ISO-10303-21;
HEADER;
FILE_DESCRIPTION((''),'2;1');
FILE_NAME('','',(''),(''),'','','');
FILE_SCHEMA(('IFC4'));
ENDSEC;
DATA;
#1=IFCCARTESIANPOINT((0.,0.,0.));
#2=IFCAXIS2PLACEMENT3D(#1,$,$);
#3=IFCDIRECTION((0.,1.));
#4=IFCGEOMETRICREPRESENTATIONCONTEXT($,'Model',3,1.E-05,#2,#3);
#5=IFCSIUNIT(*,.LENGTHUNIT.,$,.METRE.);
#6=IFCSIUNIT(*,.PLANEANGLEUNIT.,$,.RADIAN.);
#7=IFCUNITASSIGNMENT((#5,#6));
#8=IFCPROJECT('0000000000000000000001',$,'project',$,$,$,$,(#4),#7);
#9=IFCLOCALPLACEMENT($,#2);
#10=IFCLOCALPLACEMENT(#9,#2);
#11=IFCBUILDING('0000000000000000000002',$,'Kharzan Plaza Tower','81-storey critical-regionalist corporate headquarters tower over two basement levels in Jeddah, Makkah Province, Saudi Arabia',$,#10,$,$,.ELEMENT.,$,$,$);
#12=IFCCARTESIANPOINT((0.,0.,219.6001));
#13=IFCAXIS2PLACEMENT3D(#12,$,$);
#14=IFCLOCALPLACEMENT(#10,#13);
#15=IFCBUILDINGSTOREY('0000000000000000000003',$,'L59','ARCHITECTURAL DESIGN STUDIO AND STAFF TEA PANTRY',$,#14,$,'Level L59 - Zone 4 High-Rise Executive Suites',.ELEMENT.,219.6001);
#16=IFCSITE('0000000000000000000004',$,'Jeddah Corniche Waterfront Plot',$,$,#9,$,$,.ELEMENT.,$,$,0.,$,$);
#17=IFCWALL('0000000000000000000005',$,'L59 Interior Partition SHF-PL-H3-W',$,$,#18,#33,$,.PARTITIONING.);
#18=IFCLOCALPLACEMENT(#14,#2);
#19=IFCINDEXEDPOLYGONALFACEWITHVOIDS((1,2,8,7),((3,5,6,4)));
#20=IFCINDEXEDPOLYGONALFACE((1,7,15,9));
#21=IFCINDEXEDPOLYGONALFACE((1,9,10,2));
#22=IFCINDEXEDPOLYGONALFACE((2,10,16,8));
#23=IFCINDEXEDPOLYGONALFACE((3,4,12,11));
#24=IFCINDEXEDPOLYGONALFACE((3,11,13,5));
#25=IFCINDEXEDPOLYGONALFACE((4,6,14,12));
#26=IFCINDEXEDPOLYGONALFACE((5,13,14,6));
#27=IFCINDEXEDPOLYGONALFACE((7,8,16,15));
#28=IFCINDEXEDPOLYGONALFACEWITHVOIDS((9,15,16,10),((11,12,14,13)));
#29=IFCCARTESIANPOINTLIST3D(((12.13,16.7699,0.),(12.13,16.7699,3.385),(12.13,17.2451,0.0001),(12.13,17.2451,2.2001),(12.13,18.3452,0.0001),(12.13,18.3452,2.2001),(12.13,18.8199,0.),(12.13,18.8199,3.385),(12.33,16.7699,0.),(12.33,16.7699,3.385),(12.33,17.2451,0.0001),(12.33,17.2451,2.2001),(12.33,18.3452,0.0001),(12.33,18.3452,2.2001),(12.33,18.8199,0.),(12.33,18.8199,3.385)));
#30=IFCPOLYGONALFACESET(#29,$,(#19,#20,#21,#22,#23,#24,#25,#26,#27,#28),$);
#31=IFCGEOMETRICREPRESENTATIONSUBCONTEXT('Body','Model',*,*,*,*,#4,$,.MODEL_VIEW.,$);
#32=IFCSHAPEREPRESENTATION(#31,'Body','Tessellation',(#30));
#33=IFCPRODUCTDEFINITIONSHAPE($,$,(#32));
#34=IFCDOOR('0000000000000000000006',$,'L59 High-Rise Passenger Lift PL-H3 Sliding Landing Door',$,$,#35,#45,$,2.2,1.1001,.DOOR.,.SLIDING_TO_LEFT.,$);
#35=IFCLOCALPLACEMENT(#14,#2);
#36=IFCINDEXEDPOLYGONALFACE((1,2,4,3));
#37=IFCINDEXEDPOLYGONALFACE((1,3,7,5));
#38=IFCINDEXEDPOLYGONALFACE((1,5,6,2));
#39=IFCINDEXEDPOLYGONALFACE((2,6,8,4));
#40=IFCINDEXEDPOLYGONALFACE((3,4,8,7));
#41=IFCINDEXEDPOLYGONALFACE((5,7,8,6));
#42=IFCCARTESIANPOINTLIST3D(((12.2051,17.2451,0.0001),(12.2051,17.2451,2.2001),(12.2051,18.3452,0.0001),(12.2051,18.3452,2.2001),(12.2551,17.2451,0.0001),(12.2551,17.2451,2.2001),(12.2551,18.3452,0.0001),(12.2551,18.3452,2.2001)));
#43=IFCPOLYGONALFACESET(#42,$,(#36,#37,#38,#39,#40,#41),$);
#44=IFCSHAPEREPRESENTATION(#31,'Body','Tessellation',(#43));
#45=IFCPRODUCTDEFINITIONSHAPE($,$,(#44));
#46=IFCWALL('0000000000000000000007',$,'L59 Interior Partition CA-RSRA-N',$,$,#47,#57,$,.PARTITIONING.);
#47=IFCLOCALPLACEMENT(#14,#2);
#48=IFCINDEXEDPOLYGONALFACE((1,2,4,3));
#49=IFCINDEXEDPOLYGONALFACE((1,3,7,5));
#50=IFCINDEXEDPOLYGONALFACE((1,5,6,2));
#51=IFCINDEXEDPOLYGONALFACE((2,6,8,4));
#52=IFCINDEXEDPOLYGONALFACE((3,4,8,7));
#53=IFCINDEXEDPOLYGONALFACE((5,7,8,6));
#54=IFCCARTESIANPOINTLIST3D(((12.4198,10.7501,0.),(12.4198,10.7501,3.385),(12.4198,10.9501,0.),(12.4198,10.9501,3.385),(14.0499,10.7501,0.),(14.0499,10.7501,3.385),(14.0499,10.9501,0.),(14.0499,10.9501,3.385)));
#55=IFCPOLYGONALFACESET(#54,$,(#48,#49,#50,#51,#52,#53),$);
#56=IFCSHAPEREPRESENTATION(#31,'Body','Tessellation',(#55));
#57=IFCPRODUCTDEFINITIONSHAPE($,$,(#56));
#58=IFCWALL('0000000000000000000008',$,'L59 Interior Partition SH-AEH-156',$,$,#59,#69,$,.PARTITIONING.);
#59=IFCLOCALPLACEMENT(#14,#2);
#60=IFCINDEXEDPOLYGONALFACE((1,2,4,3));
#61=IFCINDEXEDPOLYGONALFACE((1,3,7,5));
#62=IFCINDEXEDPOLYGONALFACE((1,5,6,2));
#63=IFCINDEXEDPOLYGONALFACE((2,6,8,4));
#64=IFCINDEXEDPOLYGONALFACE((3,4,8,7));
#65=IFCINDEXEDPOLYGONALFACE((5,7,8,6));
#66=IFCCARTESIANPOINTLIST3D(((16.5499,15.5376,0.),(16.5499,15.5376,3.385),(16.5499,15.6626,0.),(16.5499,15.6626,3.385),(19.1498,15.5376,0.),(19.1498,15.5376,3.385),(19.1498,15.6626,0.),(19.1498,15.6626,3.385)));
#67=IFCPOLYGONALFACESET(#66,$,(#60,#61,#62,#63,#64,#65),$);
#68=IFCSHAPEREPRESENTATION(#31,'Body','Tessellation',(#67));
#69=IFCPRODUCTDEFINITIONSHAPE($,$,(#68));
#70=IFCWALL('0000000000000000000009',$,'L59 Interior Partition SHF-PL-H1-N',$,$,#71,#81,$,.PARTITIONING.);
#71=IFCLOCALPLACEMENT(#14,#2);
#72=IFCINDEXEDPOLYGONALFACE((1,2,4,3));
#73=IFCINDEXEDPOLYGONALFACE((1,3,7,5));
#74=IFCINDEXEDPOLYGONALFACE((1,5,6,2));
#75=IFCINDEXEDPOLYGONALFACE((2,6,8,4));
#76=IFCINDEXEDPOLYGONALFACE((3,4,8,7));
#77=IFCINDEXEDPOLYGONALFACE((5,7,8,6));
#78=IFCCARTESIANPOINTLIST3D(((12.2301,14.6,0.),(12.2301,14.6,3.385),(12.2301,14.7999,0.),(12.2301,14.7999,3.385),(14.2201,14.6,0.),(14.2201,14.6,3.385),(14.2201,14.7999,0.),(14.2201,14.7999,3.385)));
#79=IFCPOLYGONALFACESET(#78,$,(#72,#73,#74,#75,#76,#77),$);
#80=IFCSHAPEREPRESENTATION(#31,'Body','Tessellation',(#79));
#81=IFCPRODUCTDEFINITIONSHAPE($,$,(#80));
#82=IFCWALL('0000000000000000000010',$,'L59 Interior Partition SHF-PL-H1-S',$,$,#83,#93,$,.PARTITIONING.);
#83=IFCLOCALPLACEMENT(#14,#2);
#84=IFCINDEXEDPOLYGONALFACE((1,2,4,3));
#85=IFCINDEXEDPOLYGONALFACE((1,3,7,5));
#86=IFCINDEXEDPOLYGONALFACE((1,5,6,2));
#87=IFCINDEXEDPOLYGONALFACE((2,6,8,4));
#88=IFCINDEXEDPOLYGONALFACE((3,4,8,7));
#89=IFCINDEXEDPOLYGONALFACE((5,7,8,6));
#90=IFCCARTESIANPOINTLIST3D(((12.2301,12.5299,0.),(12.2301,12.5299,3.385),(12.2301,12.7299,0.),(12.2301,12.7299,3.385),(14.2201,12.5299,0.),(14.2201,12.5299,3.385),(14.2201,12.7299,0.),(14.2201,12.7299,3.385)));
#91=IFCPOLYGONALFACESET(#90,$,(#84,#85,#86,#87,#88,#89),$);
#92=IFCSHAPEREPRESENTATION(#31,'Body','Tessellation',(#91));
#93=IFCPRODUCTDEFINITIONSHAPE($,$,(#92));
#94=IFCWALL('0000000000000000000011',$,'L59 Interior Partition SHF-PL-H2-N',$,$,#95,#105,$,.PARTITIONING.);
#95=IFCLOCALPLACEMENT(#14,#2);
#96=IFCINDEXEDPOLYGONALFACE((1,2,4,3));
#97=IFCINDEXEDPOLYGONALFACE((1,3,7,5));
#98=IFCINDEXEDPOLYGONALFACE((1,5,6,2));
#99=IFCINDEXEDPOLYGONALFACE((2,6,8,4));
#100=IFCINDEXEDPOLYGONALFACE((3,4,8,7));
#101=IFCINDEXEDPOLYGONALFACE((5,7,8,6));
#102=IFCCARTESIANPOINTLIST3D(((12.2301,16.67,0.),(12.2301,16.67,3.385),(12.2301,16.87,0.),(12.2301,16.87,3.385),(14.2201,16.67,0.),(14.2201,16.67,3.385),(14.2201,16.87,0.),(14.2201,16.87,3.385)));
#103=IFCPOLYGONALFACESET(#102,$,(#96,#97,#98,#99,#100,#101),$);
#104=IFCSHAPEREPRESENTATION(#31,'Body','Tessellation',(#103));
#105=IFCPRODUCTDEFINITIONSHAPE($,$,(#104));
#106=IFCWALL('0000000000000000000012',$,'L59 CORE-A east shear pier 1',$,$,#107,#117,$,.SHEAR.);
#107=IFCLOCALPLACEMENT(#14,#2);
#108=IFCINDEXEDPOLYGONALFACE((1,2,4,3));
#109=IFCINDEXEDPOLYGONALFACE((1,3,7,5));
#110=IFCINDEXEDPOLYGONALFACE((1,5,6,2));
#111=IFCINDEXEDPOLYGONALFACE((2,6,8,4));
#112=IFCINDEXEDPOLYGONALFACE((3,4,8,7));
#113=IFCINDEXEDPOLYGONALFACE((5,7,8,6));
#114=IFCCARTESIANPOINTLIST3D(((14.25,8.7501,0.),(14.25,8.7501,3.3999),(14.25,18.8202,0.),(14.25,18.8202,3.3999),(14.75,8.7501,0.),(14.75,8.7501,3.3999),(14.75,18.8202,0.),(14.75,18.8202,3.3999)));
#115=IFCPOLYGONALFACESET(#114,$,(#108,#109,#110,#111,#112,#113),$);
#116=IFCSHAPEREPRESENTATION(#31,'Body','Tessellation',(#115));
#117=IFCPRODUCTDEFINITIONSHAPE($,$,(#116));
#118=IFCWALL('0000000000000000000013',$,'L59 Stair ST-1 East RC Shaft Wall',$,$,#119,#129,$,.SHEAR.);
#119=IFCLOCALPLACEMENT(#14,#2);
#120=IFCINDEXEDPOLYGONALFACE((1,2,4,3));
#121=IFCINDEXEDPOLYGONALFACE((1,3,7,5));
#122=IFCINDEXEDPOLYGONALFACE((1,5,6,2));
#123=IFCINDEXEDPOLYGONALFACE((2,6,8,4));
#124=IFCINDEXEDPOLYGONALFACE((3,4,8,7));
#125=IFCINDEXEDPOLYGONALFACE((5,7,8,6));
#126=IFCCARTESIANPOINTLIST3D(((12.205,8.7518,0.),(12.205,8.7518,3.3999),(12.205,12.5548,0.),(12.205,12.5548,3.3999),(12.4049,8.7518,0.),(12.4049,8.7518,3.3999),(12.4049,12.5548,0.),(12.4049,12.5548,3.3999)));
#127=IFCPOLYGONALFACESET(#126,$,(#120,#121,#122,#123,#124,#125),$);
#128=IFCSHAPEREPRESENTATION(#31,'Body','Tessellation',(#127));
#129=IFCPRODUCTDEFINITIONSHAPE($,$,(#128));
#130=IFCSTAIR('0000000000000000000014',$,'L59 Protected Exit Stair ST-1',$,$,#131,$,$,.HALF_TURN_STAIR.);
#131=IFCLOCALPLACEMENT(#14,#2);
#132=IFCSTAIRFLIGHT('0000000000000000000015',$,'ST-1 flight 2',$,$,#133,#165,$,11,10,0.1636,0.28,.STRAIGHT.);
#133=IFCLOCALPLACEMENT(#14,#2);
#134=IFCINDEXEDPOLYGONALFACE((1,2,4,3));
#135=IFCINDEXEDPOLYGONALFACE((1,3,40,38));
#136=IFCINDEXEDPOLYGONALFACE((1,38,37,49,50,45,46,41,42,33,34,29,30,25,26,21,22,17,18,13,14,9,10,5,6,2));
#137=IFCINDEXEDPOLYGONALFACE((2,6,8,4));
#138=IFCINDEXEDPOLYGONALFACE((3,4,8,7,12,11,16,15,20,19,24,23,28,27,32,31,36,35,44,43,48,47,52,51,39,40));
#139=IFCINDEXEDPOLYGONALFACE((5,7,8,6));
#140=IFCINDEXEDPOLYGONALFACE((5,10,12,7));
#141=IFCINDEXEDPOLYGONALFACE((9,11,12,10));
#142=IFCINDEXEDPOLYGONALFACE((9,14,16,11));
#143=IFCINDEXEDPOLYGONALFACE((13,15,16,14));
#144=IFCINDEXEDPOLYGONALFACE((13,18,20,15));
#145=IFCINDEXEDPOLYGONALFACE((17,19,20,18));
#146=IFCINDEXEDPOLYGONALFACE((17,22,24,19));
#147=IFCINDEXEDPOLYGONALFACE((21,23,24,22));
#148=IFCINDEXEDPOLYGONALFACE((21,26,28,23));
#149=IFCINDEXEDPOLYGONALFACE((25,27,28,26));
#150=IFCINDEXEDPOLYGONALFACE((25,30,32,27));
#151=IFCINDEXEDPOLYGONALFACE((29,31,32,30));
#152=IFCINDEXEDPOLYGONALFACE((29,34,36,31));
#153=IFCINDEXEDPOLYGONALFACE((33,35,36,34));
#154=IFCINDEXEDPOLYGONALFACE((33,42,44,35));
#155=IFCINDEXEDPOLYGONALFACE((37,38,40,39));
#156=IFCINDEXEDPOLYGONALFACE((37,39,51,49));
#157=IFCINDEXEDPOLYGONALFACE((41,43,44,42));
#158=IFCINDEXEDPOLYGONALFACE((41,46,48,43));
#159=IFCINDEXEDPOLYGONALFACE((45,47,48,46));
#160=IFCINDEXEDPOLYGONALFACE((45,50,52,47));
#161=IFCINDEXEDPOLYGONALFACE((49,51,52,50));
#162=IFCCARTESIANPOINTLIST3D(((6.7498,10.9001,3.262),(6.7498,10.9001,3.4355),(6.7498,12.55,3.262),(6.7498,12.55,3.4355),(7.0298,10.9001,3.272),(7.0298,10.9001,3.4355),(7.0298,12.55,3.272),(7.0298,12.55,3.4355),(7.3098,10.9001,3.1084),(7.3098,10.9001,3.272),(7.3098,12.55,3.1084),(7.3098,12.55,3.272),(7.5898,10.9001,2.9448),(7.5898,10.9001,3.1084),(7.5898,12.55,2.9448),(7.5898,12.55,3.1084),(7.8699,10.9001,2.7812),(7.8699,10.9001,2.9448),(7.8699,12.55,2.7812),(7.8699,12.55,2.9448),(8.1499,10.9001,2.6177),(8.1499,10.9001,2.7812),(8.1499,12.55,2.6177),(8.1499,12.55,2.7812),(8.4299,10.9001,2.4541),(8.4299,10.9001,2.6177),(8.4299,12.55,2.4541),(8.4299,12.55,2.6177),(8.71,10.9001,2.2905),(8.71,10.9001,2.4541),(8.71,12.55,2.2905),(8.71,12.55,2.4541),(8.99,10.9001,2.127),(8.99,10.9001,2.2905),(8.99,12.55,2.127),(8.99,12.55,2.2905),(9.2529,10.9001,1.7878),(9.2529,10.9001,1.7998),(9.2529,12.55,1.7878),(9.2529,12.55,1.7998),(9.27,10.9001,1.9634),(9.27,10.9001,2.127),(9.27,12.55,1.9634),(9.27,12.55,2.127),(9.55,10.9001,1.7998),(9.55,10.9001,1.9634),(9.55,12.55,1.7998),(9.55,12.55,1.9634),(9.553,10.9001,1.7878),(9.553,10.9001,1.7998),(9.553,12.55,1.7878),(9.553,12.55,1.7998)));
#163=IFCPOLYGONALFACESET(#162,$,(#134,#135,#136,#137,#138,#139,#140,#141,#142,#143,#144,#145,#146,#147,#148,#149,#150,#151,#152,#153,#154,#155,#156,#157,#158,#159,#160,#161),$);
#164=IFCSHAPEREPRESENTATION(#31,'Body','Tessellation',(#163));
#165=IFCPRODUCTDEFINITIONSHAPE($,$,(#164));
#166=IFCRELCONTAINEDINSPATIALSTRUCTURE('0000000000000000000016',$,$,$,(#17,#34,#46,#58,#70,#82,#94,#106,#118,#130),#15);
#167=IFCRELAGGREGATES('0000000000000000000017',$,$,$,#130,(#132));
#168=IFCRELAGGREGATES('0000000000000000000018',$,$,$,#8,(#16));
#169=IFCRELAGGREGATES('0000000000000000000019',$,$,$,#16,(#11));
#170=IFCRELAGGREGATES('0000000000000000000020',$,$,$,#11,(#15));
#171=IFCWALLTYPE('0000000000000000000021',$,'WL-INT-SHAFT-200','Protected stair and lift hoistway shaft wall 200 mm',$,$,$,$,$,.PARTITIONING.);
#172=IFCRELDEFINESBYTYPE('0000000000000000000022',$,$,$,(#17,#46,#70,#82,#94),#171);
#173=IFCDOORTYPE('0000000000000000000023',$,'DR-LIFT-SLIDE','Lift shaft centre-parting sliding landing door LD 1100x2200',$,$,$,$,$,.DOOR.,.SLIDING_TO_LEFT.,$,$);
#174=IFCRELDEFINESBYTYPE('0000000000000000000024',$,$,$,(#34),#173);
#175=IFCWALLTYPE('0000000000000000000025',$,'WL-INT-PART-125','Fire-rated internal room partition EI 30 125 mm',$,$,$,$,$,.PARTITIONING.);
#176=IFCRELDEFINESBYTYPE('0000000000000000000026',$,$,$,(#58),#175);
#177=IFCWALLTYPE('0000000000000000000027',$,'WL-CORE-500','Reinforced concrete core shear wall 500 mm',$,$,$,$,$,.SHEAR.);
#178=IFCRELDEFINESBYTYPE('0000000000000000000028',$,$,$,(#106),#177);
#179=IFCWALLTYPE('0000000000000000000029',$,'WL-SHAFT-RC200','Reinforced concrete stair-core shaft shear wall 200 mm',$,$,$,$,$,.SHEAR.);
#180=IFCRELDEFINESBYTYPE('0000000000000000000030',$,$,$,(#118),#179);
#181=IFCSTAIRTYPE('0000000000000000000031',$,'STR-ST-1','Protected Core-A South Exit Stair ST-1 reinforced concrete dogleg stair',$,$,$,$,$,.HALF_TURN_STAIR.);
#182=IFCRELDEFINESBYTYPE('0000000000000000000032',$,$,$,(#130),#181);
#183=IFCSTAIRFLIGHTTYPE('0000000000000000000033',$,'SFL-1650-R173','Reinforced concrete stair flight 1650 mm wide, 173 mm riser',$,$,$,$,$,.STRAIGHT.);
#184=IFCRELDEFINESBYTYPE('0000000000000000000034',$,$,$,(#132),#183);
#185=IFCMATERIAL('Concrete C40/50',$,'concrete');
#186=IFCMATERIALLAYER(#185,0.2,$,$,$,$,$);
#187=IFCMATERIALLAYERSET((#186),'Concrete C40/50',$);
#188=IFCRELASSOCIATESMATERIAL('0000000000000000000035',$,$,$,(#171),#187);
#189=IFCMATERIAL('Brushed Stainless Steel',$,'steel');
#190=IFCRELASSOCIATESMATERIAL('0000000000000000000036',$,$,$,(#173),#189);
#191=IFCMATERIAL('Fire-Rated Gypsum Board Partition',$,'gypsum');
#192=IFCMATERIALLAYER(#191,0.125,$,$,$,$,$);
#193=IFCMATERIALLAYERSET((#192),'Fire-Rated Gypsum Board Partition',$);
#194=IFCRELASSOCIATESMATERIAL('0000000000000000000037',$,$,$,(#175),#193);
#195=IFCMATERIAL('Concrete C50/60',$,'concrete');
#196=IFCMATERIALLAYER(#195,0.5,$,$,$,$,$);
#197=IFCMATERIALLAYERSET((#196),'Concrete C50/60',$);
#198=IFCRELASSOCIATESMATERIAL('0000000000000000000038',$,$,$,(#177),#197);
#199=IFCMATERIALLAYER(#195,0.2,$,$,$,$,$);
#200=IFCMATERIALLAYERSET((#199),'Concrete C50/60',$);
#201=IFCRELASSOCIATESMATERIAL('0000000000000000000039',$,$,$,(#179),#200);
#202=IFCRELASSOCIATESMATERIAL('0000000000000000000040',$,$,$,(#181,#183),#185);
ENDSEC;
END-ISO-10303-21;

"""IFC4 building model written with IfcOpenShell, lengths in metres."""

from ifc_helpers import new_model, si_unit, direction, frame, frame_2d, origin, place, context, subcontext, project, spatial, polyline, rectangle, outline, extrude, source, transform, mapped, material, layer, layer_set, type_object, element, fill, aggregate, save


model = new_model("IFC4")

# Units and contexts
model_context = context("Model", 3, precision=1e-05, world=origin(), true_north=direction((0.0, 1.0)))
body_context = subcontext(model_context, "Body", "Model", "MODEL_VIEW")
ifc_project = project(units=[si_unit("LENGTHUNIT", "METRE"), si_unit("PLANEANGLEUNIT", "RADIAN")], contexts=[model_context])

# Site, building, storey
site_placement = place(None, origin())
site = spatial("IfcSite", under=ifc_project, at=site_placement, Name="Jeddah Corniche Waterfront Plot", CompositionType="ELEMENT", RefElevation=0.0)
building_placement = place(site_placement, origin())
building = spatial("IfcBuilding", under=site, at=building_placement, Name="Kharzan Plaza Tower", Description="81-storey critical-regionalist corporate headquarters tower over two basement levels in Jeddah, Makkah Province, Saudi Arabia", CompositionType="ELEMENT")
storey_placement = place(building_placement, frame((0.0, 0.0, 219.6001)))
storey = spatial("IfcBuildingStorey", under=building, at=storey_placement, Name="L59", Description="ARCHITECTURAL DESIGN STUDIO AND STAFF TEA PANTRY", LongName="Level L59 - Zone 4 High-Rise Executive Suites", CompositionType="ELEMENT", Elevation=219.6001)

# Wall, opening, door
ifc_material_1 = material(Name="Concrete C40/50", Category="concrete")
ifc_layer_1 = layer(ifc_material_1, 0.2)
ifc_layer_set_1 = layer_set([ifc_layer_1], Name="Concrete C40/50")
wall_type_1 = type_object("IfcWallType", Name="WL-INT-SHAFT-200", Description="Protected stair and lift hoistway shaft wall 200 mm", PredefinedType="PARTITIONING", material=ifc_layer_set_1)
ifc_material_2 = material(Name="Brushed Stainless Steel", Category="steel")
door_type = type_object("IfcDoorType", Name="DR-LIFT-SLIDE", Description="Lift shaft centre-parting sliding landing door LD 1100x2200", OperationType="SLIDING_TO_LEFT", PredefinedType="DOOR", material=ifc_material_2)
shared_shape_1 = source(origin(), body_context, "Body", "SweptSolid", [
    extrude(rectangle(XDim=1.1001, YDim=2.2, at=frame_2d((0.55, 1.1001))), frame((0.0, 0.0249, 0.0), z_axis=(0.0, -1.0, 0.0), x_axis=(1.0, 0.0, 0.0)), (0.0, 0.0, 1.0), 0.05),
])
wall_1_placement = place(storey_placement, frame((12.23, 16.77, 0.0), z_axis=(0.0, 0.0, 1.0), x_axis=(0.0, 1.0, 0.0)))
wall_1 = element("IfcWall", 1, at=wall_1_placement, inside=storey, type_object=wall_type_1, Name="L59 Interior Partition SHF-PL-H3-W", PredefinedType="PARTITIONING", context=body_context, shape_type="SweptSolid", body=[
    extrude(rectangle(XDim=2.05, YDim=0.2, at=frame_2d((1.0249, 0.0))), origin(), (0.0, 0.0, 1.0), 3.385),
])
opening_1_placement = place(wall_1_placement, frame((0.4751, 0.0, 0.0)))
opening_1 = element("IfcOpeningElement", 2, at=opening_1_placement, cuts=wall_1, PredefinedType="OPENING", context=body_context, shape_type="SweptSolid", body=[
    extrude(rectangle(XDim=1.1001, YDim=2.2, at=frame_2d((0.55, 1.1001))), frame((0.0, 0.1099, 0.0), z_axis=(0.0, -1.0, 0.0), x_axis=(1.0, 0.0, 0.0)), (0.0, 0.0, 1.0), 0.22),
])
door_1_placement = place(opening_1_placement, origin())
door_1 = element("IfcDoor", 3, at=door_1_placement, inside=storey, type_object=door_type, Name="L59 High-Rise Passenger Lift PL-H3 Sliding Landing Door", OperationType="SLIDING_TO_LEFT", OverallHeight=2.2, OverallWidth=1.1001, PredefinedType="DOOR", context=body_context, shape_type="MappedRepresentation", body=[
    mapped(shared_shape_1, transform((0.0, 0.0, 0.0), x_axis=(1.0, 0.0, 0.0), y_axis=(0.0, 1.0, 0.0), z_axis=(0.0, 0.0, 1.0))),
])
fill(opening_1, door_1)

# Walls
shared_shape_2 = source(origin(), body_context, "Body", "SweptSolid", [
    extrude(rectangle(XDim=1.6301, YDim=0.2, at=frame_2d((0.8149, 0.0))), origin(), (0.0, 0.0, 1.0), 3.385),
])
wall_2_placement = place(storey_placement, frame((12.4199, 10.8501, 0.0), z_axis=(0.0, 0.0, 1.0), x_axis=(1.0, 0.0, 0.0)))
element("IfcWall", 4, at=wall_2_placement, inside=storey, type_object=wall_type_1, Name="L59 Interior Partition CA-RSRA-N", PredefinedType="PARTITIONING", context=body_context, shape_type="MappedRepresentation", body=[
    mapped(shared_shape_2, transform((0.0, 0.0, 0.0), x_axis=(1.0, 0.0, 0.0), y_axis=(0.0, 1.0, 0.0), z_axis=(0.0, 0.0, 1.0))),
])
ifc_material_3 = material(Name="Fire-Rated Gypsum Board Partition", Category="gypsum")
ifc_layer_2 = layer(ifc_material_3, 0.125)
ifc_layer_set_2 = layer_set([ifc_layer_2], Name="Fire-Rated Gypsum Board Partition")
wall_type_2 = type_object("IfcWallType", Name="WL-INT-PART-125", Description="Fire-rated internal room partition EI 30 125 mm", PredefinedType="PARTITIONING", material=ifc_layer_set_2)
shared_shape_3 = source(origin(), body_context, "Body", "SweptSolid", [
    extrude(rectangle(XDim=2.5999, YDim=0.125, at=frame_2d((1.2998, 0.0))), origin(), (0.0, 0.0, 1.0), 3.385),
])
wall_3_placement = place(storey_placement, frame((16.55, 15.6001, 0.0), z_axis=(0.0, 0.0, 1.0), x_axis=(1.0, 0.0, 0.0)))
element("IfcWall", 5, at=wall_3_placement, inside=storey, type_object=wall_type_2, Name="L59 Interior Partition SH-AEH-156", PredefinedType="PARTITIONING", context=body_context, shape_type="MappedRepresentation", body=[
    mapped(shared_shape_3, transform((0.0, 0.0, 0.0), x_axis=(1.0, 0.0, 0.0), y_axis=(0.0, 1.0, 0.0), z_axis=(0.0, 0.0, 1.0))),
])
shared_shape_4 = source(origin(), body_context, "Body", "SweptSolid", [
    extrude(rectangle(XDim=1.99, YDim=0.2, at=frame_2d((0.9951, 0.0))), origin(), (0.0, 0.0, 1.0), 3.385),
])
for number, where, z_axis, x_axis, name in (
    (6, (12.23, 14.7, 0.0), (0.0, 0.0, 1.0), (1.0, 0.0, 0.0), "L59 Interior Partition SHF-PL-H1-N"),
    (7, (12.23, 12.6299, 0.0), (0.0, 0.0, 1.0), (1.0, 0.0, 0.0), "L59 Interior Partition SHF-PL-H1-S"),
    (8, (12.23, 16.77, 0.0), (0.0, 0.0, 1.0), (1.0, 0.0, 0.0), "L59 Interior Partition SHF-PL-H2-N"),
):
    element("IfcWall", number, at=place(storey_placement, frame(where, z_axis=z_axis, x_axis=x_axis)), inside=storey, type_object=wall_type_1, Name=name, PredefinedType="PARTITIONING", context=body_context, shape_type="MappedRepresentation", body=[
        mapped(shared_shape_4, transform((0.0, 0.0, 0.0), x_axis=(1.0, 0.0, 0.0), y_axis=(0.0, 1.0, 0.0), z_axis=(0.0, 0.0, 1.0))),
    ])
ifc_material_4 = material(Name="Concrete C50/60", Category="concrete")
ifc_layer_3 = layer(ifc_material_4, 0.5)
ifc_layer_set_3 = layer_set([ifc_layer_3], Name="Concrete C50/60")
wall_type_3 = type_object("IfcWallType", Name="WL-CORE-500", Description="Reinforced concrete core shear wall 500 mm", PredefinedType="SHEAR", material=ifc_layer_set_3)
shared_shape_5 = source(origin(), body_context, "Body", "SweptSolid", [
    extrude(rectangle(XDim=10.0701, YDim=0.5, at=frame_2d((5.0352, 0.0))), origin(), (0.0, 0.0, 1.0), 3.3999),
])
wall_4_placement = place(storey_placement, frame((14.5, 8.75, 0.0), z_axis=(0.0, 0.0, 1.0), x_axis=(0.0, 1.0, 0.0)))
element("IfcWall", 9, at=wall_4_placement, inside=storey, type_object=wall_type_3, Name="L59 CORE-A east shear pier 1", PredefinedType="SHEAR", context=body_context, shape_type="MappedRepresentation", body=[
    mapped(shared_shape_5, transform((0.0, 0.0, 0.0), x_axis=(1.0, 0.0, 0.0), y_axis=(0.0, 1.0, 0.0), z_axis=(0.0, 0.0, 1.0))),
])
ifc_layer_4 = layer(ifc_material_4, 0.2)
ifc_layer_set_4 = layer_set([ifc_layer_4], Name="Concrete C50/60")
wall_type_4 = type_object("IfcWallType", Name="WL-SHAFT-RC200", Description="Reinforced concrete stair-core shaft shear wall 200 mm", PredefinedType="SHEAR", material=ifc_layer_set_4)
shared_shape_6 = source(origin(), body_context, "Body", "SweptSolid", [
    extrude(rectangle(XDim=3.803, YDim=0.2, at=frame_2d((1.9014, 0.0))), origin(), (0.0, 0.0, 1.0), 3.3999),
])
wall_5_placement = place(storey_placement, frame((12.3049, 8.752, 0.0), z_axis=(0.0, 0.0, 1.0), x_axis=(0.0, 1.0, 0.0)))
element("IfcWall", 10, at=wall_5_placement, inside=storey, type_object=wall_type_4, Name="L59 Stair ST-1 East RC Shaft Wall", PredefinedType="SHEAR", context=body_context, shape_type="MappedRepresentation", body=[
    mapped(shared_shape_6, transform((0.0, 0.0, 0.0), x_axis=(1.0, 0.0, 0.0), y_axis=(0.0, 1.0, 0.0), z_axis=(0.0, 0.0, 1.0))),
])

# Stair, stair flight
stair_type = type_object("IfcStairType", Name="STR-ST-1", Description="Protected Core-A South Exit Stair ST-1 reinforced concrete dogleg stair", PredefinedType="HALF_TURN_STAIR", material=ifc_material_1)
stair_placement = place(storey_placement, origin())
stair = element("IfcStair", 11, at=stair_placement, inside=storey, type_object=stair_type, Name="L59 Protected Exit Stair ST-1", PredefinedType="HALF_TURN_STAIR")
stair_flight_type = type_object("IfcStairFlightType", Name="SFL-1650-R173", Description="Reinforced concrete stair flight 1650 mm wide, 173 mm riser", PredefinedType="STRAIGHT", material=ifc_material_1)
shared_shape_7 = source(origin(), body_context, "Body", "SweptSolid", [
    extrude(outline(polyline([(-0.0029, -0.012), (-0.0029, 0.0), (0.0, 0.0), (0.0, 0.1636), (0.28, 0.1636), (0.28, 0.3271), (0.5601, 0.3271), (0.5601, 0.4907), (0.8401, 0.4907), (0.8401, 0.6543), (1.1201, 0.6543), (1.1201, 0.8179), (1.4001, 0.8179), (1.4001, 0.9814), (1.6802, 0.9814), (1.6802, 1.145), (1.9602, 1.145), (1.9602, 1.3086), (2.2402, 1.3086), (2.2402, 1.4722), (2.5203, 1.4722), (2.5203, 1.6357), (2.8003, 1.6357), (2.8003, 1.7993), (2.8003, 1.4622), (0.2971, 0.0), (0.2971, -0.012), (-0.0029, -0.012)])), frame((0.0, 0.825, 0.0), z_axis=(0.0, -1.0, 0.0), x_axis=(1.0, 0.0, 0.0)), (0.0, 0.0, 1.0), 1.6499),
])
stair_flight_placement = place(storey_placement, frame((9.55, 11.7251, 1.7998), z_axis=(0.0, 0.0, 1.0), x_axis=(-1.0, 0.0, 0.0)))
stair_flight = element("IfcStairFlight", 12, at=stair_flight_placement, type_object=stair_flight_type, Name="ST-1 flight 2", NumberOfRisers=11, NumberOfTreads=10, PredefinedType="STRAIGHT", RiserHeight=0.1636, TreadLength=0.28, context=body_context, shape_type="MappedRepresentation", body=[
    mapped(shared_shape_7, transform((0.0, 0.0, 0.0), x_axis=(1.0, 0.0, 0.0), y_axis=(0.0, 1.0, 0.0), z_axis=(0.0, 0.0, 1.0))),
])
aggregate(stair, [stair_flight])

save(model, "model.ifc")
